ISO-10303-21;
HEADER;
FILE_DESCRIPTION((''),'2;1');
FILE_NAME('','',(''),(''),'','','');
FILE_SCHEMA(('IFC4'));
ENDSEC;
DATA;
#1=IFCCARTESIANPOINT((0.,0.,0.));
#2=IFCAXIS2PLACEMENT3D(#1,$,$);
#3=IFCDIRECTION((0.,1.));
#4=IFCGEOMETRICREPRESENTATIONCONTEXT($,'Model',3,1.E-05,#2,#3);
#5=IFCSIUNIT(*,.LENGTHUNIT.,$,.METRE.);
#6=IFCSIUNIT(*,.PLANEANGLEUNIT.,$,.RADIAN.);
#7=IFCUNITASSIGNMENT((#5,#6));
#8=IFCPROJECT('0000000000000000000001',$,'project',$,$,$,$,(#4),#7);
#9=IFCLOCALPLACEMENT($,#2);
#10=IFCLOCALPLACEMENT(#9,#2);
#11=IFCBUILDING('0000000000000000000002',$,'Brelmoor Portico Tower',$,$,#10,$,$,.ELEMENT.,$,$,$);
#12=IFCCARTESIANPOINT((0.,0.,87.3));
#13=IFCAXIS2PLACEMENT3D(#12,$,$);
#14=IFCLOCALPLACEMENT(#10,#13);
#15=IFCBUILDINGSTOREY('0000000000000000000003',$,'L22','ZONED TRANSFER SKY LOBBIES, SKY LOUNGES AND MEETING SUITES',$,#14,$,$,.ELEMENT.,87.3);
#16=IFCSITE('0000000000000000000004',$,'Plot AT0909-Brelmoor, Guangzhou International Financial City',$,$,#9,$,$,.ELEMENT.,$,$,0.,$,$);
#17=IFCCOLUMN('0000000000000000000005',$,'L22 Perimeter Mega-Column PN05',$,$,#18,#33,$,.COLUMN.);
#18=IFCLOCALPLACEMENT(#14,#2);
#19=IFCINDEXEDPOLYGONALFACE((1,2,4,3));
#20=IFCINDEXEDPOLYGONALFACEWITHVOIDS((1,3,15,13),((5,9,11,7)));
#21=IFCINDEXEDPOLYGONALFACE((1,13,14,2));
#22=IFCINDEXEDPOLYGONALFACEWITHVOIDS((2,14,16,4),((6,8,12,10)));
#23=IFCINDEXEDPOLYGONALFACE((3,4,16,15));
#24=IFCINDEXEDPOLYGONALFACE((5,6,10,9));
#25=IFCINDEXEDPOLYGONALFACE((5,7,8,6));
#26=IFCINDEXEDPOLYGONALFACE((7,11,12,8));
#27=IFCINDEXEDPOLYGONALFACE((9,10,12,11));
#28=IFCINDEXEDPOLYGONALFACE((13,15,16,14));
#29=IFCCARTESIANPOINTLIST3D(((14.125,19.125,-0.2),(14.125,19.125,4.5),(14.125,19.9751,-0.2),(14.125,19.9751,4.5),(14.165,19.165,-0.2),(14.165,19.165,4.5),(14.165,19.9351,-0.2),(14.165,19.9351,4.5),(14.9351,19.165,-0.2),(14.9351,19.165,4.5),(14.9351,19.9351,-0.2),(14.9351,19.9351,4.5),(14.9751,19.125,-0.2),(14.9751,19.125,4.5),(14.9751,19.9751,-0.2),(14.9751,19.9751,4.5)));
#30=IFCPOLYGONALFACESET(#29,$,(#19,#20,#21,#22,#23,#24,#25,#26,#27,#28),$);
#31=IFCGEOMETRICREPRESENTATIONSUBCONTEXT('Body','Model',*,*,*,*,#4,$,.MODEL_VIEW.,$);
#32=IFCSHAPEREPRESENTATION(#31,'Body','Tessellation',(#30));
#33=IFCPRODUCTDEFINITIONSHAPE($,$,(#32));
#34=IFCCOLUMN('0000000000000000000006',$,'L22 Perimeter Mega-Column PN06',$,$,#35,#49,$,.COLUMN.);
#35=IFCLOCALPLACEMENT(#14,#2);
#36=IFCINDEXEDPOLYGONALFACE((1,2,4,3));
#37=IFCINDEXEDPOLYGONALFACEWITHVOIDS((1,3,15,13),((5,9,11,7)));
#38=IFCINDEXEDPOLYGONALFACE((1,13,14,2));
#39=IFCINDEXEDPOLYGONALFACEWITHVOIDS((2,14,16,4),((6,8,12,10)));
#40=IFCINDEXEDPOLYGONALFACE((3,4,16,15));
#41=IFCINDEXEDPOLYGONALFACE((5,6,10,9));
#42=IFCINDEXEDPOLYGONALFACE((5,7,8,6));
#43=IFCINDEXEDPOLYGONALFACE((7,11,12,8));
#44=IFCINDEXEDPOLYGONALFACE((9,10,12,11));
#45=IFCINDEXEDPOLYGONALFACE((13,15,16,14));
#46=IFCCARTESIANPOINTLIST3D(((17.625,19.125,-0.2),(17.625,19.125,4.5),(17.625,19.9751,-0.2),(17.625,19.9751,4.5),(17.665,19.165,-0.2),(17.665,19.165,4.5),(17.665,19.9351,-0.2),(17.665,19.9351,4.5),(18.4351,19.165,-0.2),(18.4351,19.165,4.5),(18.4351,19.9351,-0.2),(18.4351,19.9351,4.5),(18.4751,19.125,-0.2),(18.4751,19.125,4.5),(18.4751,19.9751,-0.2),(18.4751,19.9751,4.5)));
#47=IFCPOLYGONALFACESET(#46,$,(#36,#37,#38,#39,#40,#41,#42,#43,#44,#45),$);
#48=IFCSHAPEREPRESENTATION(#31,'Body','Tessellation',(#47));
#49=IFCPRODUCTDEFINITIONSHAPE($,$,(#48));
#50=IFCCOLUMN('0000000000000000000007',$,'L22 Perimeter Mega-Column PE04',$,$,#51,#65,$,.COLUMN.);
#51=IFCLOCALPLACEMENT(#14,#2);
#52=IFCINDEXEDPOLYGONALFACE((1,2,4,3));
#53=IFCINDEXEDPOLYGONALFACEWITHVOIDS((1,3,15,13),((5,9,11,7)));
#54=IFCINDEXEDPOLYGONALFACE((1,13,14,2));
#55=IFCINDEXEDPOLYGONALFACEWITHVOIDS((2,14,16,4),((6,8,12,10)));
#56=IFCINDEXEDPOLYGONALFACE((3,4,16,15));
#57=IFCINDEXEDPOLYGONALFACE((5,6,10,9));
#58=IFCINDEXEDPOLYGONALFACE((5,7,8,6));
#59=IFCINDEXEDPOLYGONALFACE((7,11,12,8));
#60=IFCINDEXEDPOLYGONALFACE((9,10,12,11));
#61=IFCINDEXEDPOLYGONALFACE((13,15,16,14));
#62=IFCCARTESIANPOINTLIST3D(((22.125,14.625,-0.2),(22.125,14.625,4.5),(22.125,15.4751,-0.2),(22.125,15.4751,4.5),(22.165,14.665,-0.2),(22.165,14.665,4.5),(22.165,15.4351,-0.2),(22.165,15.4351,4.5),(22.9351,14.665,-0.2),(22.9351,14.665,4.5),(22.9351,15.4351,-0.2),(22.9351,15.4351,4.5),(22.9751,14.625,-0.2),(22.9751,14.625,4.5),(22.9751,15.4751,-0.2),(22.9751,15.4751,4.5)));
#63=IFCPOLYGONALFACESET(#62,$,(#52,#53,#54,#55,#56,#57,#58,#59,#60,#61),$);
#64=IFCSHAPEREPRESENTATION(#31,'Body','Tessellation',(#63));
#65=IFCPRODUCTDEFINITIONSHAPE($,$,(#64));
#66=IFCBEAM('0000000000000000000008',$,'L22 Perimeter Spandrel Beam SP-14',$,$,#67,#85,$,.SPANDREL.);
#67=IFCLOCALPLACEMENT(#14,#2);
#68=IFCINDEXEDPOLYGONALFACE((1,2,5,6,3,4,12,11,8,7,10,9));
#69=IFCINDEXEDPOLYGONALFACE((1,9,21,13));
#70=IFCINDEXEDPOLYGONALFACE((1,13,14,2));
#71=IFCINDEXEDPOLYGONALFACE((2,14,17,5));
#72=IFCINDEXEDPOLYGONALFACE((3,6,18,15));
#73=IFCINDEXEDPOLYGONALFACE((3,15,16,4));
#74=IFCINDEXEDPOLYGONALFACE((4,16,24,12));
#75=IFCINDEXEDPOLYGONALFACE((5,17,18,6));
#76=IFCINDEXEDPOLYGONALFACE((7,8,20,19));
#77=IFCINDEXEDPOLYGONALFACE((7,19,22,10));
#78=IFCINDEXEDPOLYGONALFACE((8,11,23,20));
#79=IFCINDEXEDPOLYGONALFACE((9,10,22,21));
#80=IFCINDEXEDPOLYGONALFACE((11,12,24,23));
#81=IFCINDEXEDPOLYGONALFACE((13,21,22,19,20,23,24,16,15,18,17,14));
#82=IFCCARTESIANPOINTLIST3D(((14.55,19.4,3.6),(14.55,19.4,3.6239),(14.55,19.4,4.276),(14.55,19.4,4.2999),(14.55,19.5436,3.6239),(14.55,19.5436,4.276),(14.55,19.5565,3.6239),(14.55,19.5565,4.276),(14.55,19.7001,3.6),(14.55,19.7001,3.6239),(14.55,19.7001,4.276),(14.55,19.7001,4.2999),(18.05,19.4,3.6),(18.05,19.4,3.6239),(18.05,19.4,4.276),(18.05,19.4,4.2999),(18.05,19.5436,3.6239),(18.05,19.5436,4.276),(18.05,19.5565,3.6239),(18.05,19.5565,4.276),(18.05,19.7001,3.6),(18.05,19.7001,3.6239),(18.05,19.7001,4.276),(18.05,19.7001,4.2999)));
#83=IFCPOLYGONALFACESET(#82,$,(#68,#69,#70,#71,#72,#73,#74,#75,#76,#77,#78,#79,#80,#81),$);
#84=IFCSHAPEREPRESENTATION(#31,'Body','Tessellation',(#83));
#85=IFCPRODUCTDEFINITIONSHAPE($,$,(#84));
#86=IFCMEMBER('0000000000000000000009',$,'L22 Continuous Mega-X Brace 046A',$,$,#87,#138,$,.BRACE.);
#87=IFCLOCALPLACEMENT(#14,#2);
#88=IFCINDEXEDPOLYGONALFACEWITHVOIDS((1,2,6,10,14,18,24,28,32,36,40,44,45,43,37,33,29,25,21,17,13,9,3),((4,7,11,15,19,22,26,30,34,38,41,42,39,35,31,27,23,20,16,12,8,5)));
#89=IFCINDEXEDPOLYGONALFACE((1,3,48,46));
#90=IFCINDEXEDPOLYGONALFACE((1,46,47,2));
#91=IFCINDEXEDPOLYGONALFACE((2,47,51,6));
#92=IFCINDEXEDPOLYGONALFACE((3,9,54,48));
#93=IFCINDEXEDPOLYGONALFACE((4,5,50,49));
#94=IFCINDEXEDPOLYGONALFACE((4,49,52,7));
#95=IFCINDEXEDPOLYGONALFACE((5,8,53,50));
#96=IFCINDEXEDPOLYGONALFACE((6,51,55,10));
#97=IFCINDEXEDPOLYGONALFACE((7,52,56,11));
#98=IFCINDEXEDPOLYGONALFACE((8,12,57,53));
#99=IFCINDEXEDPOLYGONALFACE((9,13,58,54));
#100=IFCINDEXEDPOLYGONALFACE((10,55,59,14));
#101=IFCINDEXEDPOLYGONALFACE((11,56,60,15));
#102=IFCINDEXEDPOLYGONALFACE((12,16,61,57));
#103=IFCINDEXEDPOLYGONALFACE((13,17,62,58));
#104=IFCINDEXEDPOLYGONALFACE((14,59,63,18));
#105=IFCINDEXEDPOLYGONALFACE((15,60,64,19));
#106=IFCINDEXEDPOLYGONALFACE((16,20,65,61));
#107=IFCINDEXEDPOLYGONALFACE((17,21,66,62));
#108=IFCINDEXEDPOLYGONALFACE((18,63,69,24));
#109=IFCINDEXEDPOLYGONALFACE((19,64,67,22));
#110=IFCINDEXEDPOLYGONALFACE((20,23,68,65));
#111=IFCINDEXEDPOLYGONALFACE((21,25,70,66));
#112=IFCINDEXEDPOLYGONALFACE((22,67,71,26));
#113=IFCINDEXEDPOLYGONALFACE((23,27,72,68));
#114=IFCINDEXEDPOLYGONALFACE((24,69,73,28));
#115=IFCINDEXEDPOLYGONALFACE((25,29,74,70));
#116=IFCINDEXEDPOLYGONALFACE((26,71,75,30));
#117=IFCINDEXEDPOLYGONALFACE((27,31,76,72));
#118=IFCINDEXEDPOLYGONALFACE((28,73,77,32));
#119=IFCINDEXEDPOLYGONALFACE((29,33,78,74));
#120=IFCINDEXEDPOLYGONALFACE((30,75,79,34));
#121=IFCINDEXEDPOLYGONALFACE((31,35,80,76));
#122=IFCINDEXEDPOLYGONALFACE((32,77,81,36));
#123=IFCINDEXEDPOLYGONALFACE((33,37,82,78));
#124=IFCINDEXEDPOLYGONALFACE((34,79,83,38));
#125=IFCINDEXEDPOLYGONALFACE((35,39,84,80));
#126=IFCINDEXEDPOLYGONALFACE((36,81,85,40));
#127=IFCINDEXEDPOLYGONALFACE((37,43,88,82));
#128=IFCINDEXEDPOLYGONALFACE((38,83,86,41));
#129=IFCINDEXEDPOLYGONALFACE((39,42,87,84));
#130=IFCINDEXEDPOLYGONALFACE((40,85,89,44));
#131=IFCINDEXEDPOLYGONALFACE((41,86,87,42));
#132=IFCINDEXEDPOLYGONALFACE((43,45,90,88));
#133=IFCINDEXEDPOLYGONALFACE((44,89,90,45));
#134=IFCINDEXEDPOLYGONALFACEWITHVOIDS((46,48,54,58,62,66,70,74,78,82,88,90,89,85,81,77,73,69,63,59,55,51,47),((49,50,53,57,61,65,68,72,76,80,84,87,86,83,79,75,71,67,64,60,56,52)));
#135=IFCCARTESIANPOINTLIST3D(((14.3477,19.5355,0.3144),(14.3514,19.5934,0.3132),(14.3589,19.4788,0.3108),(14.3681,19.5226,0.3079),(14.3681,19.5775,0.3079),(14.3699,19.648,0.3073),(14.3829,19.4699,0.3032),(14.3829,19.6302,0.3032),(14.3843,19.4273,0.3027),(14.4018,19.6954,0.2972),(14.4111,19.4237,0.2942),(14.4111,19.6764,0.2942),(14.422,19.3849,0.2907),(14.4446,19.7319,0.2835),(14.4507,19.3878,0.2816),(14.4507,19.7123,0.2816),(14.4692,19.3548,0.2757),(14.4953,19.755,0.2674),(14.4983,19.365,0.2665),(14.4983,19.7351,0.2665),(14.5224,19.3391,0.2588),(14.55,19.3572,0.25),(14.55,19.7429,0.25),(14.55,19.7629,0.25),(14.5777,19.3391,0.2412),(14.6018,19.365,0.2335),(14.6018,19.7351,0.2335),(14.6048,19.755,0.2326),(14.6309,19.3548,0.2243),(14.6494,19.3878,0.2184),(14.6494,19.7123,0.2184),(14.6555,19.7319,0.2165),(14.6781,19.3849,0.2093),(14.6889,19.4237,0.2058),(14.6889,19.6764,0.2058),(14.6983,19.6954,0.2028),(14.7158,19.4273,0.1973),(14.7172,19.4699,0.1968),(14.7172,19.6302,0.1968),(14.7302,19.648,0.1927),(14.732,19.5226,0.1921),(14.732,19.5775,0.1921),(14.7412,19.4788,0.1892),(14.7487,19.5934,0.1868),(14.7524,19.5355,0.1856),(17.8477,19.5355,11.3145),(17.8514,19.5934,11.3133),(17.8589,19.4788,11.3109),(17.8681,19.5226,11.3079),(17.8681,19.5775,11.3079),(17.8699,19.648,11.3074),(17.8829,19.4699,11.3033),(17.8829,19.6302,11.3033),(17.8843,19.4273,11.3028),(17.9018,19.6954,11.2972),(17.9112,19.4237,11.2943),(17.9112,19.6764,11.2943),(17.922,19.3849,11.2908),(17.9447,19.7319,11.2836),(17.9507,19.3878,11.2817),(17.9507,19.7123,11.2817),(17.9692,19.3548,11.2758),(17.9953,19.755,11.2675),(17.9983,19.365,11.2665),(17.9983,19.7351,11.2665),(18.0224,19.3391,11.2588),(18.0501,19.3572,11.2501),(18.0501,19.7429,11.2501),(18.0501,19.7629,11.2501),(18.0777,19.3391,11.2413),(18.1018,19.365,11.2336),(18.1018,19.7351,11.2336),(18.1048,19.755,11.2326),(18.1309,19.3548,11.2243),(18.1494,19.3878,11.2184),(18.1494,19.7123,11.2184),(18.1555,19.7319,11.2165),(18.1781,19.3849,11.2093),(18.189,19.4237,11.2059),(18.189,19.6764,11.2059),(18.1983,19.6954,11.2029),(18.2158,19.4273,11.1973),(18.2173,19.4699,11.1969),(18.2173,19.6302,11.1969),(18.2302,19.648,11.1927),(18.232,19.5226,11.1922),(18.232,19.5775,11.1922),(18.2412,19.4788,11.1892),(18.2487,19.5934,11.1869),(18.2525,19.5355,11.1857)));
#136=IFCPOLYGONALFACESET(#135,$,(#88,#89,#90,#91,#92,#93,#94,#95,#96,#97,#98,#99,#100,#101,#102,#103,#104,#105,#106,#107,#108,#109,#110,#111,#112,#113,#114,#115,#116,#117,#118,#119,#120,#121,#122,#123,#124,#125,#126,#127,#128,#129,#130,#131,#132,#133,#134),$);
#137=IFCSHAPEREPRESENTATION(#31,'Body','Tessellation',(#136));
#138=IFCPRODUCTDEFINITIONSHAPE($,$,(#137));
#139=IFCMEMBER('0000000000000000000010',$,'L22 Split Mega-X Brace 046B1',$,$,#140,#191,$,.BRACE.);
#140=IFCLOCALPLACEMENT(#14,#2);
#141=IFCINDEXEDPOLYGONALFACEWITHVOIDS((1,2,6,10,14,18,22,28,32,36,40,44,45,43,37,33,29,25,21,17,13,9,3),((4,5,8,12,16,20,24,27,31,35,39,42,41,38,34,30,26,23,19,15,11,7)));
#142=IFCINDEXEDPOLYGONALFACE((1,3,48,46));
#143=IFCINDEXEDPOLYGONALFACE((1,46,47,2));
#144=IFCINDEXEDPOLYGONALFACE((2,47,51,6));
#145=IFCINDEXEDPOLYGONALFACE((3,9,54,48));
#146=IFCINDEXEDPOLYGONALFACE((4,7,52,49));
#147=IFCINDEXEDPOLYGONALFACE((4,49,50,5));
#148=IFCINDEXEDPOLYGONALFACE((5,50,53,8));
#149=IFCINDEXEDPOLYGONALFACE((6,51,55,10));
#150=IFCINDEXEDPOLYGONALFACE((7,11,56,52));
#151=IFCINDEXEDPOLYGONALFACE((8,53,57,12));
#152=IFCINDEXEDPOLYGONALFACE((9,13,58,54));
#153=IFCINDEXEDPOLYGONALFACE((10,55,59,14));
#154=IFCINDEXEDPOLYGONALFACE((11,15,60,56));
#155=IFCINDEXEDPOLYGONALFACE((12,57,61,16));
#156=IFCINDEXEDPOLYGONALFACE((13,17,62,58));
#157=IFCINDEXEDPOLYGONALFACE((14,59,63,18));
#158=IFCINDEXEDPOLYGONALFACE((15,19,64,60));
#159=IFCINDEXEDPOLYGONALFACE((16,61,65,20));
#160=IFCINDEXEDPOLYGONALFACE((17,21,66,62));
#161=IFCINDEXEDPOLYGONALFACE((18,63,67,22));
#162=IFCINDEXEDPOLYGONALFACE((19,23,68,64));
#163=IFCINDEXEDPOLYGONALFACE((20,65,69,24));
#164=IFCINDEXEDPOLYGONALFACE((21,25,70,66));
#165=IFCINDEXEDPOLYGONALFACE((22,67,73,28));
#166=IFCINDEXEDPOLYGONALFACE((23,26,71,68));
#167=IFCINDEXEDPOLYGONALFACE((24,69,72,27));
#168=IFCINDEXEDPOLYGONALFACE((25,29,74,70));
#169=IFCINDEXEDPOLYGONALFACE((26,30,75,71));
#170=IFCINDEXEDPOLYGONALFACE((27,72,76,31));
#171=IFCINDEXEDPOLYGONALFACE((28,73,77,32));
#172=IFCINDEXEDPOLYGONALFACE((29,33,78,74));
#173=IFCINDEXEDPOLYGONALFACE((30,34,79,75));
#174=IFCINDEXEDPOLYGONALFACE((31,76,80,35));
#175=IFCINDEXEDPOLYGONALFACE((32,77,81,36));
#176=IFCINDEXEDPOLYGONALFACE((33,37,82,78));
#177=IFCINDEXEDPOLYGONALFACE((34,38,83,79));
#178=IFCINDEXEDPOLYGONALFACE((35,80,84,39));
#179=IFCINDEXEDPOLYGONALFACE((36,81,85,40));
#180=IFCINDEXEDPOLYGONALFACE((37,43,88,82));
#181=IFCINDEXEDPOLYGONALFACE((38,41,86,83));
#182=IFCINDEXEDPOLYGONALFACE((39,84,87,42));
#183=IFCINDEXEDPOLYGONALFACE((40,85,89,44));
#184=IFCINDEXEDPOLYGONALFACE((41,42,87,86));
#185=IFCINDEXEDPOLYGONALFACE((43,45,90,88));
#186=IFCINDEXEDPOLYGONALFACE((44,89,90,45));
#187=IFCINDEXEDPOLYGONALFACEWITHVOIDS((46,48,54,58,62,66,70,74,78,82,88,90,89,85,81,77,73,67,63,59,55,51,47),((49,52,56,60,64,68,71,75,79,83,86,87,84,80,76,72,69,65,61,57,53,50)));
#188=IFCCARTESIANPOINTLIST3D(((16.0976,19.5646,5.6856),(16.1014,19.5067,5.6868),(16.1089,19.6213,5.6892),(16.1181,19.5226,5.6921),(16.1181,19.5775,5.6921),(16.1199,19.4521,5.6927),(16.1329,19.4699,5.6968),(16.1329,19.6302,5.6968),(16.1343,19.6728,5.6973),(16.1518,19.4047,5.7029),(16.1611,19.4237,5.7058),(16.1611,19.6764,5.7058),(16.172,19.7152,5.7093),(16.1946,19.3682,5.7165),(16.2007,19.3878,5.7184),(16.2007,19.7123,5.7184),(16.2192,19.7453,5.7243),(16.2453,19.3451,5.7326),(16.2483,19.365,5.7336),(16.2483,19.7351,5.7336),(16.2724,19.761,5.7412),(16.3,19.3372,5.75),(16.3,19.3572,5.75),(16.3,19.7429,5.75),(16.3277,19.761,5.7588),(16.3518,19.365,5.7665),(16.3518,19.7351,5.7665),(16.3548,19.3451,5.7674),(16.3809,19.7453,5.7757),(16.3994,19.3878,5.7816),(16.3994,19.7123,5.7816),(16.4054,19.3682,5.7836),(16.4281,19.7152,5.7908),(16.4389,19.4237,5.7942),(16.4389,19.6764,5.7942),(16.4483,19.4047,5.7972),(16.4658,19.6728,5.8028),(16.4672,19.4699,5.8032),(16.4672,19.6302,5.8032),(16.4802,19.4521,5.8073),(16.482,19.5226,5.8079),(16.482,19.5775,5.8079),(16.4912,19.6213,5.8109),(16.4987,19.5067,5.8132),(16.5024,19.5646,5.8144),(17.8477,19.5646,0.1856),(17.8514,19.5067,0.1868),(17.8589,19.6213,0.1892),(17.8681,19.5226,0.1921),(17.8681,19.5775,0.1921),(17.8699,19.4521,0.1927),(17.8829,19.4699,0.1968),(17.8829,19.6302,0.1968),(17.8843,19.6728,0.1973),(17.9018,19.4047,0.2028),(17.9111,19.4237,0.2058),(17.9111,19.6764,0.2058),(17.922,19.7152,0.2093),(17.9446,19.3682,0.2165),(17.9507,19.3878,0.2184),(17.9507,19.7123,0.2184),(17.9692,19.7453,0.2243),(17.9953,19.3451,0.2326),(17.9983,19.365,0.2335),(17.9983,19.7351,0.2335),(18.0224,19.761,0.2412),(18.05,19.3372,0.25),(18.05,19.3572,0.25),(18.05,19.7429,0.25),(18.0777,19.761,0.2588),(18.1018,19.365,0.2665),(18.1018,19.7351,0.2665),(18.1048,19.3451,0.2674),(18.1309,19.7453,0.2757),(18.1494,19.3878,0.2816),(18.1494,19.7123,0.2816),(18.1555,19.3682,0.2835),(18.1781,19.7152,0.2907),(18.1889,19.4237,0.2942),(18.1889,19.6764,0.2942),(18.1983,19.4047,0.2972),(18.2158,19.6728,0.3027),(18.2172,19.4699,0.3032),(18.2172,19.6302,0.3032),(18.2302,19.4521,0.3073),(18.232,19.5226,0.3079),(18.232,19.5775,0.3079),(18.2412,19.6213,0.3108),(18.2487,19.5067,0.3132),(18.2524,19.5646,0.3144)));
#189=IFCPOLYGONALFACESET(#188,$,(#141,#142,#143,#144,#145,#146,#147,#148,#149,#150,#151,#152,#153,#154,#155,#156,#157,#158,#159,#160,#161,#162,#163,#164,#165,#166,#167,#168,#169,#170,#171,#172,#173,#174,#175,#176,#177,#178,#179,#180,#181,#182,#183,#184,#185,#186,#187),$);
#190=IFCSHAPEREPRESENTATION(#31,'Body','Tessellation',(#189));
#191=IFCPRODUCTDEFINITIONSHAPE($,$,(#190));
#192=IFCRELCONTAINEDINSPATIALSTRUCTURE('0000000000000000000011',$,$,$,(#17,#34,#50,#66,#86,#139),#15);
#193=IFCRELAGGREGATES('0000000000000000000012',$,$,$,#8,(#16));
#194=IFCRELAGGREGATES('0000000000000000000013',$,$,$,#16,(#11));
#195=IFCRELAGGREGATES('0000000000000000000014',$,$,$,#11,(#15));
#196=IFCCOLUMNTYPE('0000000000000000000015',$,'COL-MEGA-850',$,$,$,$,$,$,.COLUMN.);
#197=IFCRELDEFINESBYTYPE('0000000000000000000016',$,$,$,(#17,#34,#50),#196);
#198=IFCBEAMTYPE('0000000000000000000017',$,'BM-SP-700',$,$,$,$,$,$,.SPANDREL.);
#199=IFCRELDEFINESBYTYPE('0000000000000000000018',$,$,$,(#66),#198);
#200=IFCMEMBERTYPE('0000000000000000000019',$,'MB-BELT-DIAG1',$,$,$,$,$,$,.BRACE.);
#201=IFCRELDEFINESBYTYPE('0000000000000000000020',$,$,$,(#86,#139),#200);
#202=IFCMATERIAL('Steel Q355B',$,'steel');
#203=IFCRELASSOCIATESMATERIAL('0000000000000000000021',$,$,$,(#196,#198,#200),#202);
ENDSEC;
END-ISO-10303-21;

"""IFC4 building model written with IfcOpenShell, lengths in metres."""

from ifc_helpers import new_model, si_unit, direction, frame, origin, origin_2d, place, context, subcontext, project, spatial, hollow_rectangle, hollow_circle, i_section, extrude, material, material_profile, profile_set, type_object, element, save


model = new_model("IFC4")

# Units and contexts
model_context = context("Model", 3, precision=1e-05, world=origin(), true_north=direction((0.0, 1.0)))
body_context = subcontext(model_context, "Body", "Model", "MODEL_VIEW")
ifc_project = project(units=[si_unit("LENGTHUNIT", "METRE"), si_unit("PLANEANGLEUNIT", "RADIAN")], contexts=[model_context])

# Site, building, storey
site_placement = place(None, origin())
site = spatial("IfcSite", under=ifc_project, at=site_placement, Name="Plot AT0909-Brelmoor, Guangzhou International Financial City", CompositionType="ELEMENT", RefElevation=0.0)
building_placement = place(site_placement, origin())
building = spatial("IfcBuilding", under=site, at=building_placement, Name="Brelmoor Portico Tower", CompositionType="ELEMENT")
storey_placement = place(building_placement, frame((0.0, 0.0, 87.3)))
storey = spatial("IfcBuildingStorey", under=building, at=storey_placement, Name="L22", Description="ZONED TRANSFER SKY LOBBIES, SKY LOUNGES AND MEETING SUITES", CompositionType="ELEMENT", Elevation=87.3)

# Columns
ifc_material_1 = material(Name="Steel Q355B", Category="steel")
ifc_material_profile_1 = material_profile(ifc_material_1, hollow_rectangle(XDim=0.8501, YDim=0.8501, WallThickness=0.04, at=origin_2d()), Name="BOX 850x850x40")
ifc_profile_set_1 = profile_set([ifc_material_profile_1], Name="Steel Q355B")
column_type = type_object("IfcColumnType", Name="COL-MEGA-850", PredefinedType="COLUMN", material=ifc_profile_set_1)
for number, where, z_axis, x_axis, name in (
    (1, (14.55, 19.55, -0.2), (0.0, 0.0, 1.0), (1.0, 0.0, 0.0), "L22 Perimeter Mega-Column PN05"),
    (2, (18.05, 19.55, -0.2), (0.0, 0.0, 1.0), (1.0, 0.0, 0.0), "L22 Perimeter Mega-Column PN06"),
    (3, (22.55, 15.05, -0.2), (0.0, 0.0, 1.0), (0.0, 1.0, 0.0), "L22 Perimeter Mega-Column PE04"),
):
    element("IfcColumn", number, at=place(storey_placement, frame(where, z_axis=z_axis, x_axis=x_axis)), inside=storey, type_object=column_type, Name=name, PredefinedType="COLUMN", context=body_context, shape_type="SweptSolid", body=[
        extrude(hollow_rectangle(XDim=0.8501, YDim=0.8501, WallThickness=0.04, at=origin_2d()), origin(), (0.0, 0.0, 1.0), 4.7),
    ])

# Beam
ifc_material_profile_2 = material_profile(ifc_material_1, i_section(OverallWidth=0.3, OverallDepth=0.7, WebThickness=0.0129, FlangeThickness=0.0239, at=origin_2d()), Name="HN 700x300x13x24")
ifc_profile_set_2 = profile_set([ifc_material_profile_2], Name="Steel Q355B")
beam_type = type_object("IfcBeamType", Name="BM-SP-700", PredefinedType="SPANDREL", material=ifc_profile_set_2)
beam_placement = place(storey_placement, frame((14.55, 19.55, 3.95), z_axis=(1.0, 0.0, 0.0), x_axis=(0.0, 1.0, 0.0)))
element("IfcBeam", 4, at=beam_placement, inside=storey, type_object=beam_type, Name="L22 Perimeter Spandrel Beam SP-14", PredefinedType="SPANDREL", context=body_context, shape_type="SweptSolid", body=[
    extrude(i_section(OverallWidth=0.3, OverallDepth=0.7, WebThickness=0.0129, FlangeThickness=0.0239, at=origin_2d()), origin(), (0.0, 0.0, 1.0), 3.5),
])

# Members
ifc_material_profile_3 = material_profile(ifc_material_1, hollow_circle(Radius=0.2129, WallThickness=0.02, at=origin_2d()), Name="CHS 426x20")
ifc_profile_set_3 = profile_set([ifc_material_profile_3], Name="Steel Q355B")
member_type_1 = type_object("IfcMemberType", Name="MB-BELT-DIAG1", PredefinedType="BRACE", material=ifc_profile_set_3)
member_1_placement = place(storey_placement, frame((14.55, 19.55, 0.25), z_axis=(0.303204, 0.0, 0.952926), x_axis=(0.0, 1.0, 0.0)))
element("IfcMember", 5, at=member_1_placement, inside=storey, type_object=member_type_1, Name="L22 Continuous Mega-X Brace 046A", PredefinedType="BRACE", context=body_context, shape_type="SweptSolid", body=[
    extrude(hollow_circle(Radius=0.2129, WallThickness=0.02, at=origin_2d()), origin(), (0.0, 0.0, 1.0), 11.5435),
])
for number, where, z_axis, x_axis, name in (
    (6, (18.05, 19.55, 0.25), (-0.303204, 0.0, 0.952926), (0.0, -1.0, 0.0), "L22 Split Mega-X Brace 046B1"),
):
    element("IfcMember", number, at=place(storey_placement, frame(where, z_axis=z_axis, x_axis=x_axis)), inside=storey, type_object=member_type_1, Name=name, PredefinedType="BRACE", context=body_context, shape_type="SweptSolid", body=[
        extrude(hollow_circle(Radius=0.2129, WallThickness=0.02, at=origin_2d()), origin(), (0.0, 0.0, 1.0), 5.7717),
    ])

save(model, "model.ifc")
